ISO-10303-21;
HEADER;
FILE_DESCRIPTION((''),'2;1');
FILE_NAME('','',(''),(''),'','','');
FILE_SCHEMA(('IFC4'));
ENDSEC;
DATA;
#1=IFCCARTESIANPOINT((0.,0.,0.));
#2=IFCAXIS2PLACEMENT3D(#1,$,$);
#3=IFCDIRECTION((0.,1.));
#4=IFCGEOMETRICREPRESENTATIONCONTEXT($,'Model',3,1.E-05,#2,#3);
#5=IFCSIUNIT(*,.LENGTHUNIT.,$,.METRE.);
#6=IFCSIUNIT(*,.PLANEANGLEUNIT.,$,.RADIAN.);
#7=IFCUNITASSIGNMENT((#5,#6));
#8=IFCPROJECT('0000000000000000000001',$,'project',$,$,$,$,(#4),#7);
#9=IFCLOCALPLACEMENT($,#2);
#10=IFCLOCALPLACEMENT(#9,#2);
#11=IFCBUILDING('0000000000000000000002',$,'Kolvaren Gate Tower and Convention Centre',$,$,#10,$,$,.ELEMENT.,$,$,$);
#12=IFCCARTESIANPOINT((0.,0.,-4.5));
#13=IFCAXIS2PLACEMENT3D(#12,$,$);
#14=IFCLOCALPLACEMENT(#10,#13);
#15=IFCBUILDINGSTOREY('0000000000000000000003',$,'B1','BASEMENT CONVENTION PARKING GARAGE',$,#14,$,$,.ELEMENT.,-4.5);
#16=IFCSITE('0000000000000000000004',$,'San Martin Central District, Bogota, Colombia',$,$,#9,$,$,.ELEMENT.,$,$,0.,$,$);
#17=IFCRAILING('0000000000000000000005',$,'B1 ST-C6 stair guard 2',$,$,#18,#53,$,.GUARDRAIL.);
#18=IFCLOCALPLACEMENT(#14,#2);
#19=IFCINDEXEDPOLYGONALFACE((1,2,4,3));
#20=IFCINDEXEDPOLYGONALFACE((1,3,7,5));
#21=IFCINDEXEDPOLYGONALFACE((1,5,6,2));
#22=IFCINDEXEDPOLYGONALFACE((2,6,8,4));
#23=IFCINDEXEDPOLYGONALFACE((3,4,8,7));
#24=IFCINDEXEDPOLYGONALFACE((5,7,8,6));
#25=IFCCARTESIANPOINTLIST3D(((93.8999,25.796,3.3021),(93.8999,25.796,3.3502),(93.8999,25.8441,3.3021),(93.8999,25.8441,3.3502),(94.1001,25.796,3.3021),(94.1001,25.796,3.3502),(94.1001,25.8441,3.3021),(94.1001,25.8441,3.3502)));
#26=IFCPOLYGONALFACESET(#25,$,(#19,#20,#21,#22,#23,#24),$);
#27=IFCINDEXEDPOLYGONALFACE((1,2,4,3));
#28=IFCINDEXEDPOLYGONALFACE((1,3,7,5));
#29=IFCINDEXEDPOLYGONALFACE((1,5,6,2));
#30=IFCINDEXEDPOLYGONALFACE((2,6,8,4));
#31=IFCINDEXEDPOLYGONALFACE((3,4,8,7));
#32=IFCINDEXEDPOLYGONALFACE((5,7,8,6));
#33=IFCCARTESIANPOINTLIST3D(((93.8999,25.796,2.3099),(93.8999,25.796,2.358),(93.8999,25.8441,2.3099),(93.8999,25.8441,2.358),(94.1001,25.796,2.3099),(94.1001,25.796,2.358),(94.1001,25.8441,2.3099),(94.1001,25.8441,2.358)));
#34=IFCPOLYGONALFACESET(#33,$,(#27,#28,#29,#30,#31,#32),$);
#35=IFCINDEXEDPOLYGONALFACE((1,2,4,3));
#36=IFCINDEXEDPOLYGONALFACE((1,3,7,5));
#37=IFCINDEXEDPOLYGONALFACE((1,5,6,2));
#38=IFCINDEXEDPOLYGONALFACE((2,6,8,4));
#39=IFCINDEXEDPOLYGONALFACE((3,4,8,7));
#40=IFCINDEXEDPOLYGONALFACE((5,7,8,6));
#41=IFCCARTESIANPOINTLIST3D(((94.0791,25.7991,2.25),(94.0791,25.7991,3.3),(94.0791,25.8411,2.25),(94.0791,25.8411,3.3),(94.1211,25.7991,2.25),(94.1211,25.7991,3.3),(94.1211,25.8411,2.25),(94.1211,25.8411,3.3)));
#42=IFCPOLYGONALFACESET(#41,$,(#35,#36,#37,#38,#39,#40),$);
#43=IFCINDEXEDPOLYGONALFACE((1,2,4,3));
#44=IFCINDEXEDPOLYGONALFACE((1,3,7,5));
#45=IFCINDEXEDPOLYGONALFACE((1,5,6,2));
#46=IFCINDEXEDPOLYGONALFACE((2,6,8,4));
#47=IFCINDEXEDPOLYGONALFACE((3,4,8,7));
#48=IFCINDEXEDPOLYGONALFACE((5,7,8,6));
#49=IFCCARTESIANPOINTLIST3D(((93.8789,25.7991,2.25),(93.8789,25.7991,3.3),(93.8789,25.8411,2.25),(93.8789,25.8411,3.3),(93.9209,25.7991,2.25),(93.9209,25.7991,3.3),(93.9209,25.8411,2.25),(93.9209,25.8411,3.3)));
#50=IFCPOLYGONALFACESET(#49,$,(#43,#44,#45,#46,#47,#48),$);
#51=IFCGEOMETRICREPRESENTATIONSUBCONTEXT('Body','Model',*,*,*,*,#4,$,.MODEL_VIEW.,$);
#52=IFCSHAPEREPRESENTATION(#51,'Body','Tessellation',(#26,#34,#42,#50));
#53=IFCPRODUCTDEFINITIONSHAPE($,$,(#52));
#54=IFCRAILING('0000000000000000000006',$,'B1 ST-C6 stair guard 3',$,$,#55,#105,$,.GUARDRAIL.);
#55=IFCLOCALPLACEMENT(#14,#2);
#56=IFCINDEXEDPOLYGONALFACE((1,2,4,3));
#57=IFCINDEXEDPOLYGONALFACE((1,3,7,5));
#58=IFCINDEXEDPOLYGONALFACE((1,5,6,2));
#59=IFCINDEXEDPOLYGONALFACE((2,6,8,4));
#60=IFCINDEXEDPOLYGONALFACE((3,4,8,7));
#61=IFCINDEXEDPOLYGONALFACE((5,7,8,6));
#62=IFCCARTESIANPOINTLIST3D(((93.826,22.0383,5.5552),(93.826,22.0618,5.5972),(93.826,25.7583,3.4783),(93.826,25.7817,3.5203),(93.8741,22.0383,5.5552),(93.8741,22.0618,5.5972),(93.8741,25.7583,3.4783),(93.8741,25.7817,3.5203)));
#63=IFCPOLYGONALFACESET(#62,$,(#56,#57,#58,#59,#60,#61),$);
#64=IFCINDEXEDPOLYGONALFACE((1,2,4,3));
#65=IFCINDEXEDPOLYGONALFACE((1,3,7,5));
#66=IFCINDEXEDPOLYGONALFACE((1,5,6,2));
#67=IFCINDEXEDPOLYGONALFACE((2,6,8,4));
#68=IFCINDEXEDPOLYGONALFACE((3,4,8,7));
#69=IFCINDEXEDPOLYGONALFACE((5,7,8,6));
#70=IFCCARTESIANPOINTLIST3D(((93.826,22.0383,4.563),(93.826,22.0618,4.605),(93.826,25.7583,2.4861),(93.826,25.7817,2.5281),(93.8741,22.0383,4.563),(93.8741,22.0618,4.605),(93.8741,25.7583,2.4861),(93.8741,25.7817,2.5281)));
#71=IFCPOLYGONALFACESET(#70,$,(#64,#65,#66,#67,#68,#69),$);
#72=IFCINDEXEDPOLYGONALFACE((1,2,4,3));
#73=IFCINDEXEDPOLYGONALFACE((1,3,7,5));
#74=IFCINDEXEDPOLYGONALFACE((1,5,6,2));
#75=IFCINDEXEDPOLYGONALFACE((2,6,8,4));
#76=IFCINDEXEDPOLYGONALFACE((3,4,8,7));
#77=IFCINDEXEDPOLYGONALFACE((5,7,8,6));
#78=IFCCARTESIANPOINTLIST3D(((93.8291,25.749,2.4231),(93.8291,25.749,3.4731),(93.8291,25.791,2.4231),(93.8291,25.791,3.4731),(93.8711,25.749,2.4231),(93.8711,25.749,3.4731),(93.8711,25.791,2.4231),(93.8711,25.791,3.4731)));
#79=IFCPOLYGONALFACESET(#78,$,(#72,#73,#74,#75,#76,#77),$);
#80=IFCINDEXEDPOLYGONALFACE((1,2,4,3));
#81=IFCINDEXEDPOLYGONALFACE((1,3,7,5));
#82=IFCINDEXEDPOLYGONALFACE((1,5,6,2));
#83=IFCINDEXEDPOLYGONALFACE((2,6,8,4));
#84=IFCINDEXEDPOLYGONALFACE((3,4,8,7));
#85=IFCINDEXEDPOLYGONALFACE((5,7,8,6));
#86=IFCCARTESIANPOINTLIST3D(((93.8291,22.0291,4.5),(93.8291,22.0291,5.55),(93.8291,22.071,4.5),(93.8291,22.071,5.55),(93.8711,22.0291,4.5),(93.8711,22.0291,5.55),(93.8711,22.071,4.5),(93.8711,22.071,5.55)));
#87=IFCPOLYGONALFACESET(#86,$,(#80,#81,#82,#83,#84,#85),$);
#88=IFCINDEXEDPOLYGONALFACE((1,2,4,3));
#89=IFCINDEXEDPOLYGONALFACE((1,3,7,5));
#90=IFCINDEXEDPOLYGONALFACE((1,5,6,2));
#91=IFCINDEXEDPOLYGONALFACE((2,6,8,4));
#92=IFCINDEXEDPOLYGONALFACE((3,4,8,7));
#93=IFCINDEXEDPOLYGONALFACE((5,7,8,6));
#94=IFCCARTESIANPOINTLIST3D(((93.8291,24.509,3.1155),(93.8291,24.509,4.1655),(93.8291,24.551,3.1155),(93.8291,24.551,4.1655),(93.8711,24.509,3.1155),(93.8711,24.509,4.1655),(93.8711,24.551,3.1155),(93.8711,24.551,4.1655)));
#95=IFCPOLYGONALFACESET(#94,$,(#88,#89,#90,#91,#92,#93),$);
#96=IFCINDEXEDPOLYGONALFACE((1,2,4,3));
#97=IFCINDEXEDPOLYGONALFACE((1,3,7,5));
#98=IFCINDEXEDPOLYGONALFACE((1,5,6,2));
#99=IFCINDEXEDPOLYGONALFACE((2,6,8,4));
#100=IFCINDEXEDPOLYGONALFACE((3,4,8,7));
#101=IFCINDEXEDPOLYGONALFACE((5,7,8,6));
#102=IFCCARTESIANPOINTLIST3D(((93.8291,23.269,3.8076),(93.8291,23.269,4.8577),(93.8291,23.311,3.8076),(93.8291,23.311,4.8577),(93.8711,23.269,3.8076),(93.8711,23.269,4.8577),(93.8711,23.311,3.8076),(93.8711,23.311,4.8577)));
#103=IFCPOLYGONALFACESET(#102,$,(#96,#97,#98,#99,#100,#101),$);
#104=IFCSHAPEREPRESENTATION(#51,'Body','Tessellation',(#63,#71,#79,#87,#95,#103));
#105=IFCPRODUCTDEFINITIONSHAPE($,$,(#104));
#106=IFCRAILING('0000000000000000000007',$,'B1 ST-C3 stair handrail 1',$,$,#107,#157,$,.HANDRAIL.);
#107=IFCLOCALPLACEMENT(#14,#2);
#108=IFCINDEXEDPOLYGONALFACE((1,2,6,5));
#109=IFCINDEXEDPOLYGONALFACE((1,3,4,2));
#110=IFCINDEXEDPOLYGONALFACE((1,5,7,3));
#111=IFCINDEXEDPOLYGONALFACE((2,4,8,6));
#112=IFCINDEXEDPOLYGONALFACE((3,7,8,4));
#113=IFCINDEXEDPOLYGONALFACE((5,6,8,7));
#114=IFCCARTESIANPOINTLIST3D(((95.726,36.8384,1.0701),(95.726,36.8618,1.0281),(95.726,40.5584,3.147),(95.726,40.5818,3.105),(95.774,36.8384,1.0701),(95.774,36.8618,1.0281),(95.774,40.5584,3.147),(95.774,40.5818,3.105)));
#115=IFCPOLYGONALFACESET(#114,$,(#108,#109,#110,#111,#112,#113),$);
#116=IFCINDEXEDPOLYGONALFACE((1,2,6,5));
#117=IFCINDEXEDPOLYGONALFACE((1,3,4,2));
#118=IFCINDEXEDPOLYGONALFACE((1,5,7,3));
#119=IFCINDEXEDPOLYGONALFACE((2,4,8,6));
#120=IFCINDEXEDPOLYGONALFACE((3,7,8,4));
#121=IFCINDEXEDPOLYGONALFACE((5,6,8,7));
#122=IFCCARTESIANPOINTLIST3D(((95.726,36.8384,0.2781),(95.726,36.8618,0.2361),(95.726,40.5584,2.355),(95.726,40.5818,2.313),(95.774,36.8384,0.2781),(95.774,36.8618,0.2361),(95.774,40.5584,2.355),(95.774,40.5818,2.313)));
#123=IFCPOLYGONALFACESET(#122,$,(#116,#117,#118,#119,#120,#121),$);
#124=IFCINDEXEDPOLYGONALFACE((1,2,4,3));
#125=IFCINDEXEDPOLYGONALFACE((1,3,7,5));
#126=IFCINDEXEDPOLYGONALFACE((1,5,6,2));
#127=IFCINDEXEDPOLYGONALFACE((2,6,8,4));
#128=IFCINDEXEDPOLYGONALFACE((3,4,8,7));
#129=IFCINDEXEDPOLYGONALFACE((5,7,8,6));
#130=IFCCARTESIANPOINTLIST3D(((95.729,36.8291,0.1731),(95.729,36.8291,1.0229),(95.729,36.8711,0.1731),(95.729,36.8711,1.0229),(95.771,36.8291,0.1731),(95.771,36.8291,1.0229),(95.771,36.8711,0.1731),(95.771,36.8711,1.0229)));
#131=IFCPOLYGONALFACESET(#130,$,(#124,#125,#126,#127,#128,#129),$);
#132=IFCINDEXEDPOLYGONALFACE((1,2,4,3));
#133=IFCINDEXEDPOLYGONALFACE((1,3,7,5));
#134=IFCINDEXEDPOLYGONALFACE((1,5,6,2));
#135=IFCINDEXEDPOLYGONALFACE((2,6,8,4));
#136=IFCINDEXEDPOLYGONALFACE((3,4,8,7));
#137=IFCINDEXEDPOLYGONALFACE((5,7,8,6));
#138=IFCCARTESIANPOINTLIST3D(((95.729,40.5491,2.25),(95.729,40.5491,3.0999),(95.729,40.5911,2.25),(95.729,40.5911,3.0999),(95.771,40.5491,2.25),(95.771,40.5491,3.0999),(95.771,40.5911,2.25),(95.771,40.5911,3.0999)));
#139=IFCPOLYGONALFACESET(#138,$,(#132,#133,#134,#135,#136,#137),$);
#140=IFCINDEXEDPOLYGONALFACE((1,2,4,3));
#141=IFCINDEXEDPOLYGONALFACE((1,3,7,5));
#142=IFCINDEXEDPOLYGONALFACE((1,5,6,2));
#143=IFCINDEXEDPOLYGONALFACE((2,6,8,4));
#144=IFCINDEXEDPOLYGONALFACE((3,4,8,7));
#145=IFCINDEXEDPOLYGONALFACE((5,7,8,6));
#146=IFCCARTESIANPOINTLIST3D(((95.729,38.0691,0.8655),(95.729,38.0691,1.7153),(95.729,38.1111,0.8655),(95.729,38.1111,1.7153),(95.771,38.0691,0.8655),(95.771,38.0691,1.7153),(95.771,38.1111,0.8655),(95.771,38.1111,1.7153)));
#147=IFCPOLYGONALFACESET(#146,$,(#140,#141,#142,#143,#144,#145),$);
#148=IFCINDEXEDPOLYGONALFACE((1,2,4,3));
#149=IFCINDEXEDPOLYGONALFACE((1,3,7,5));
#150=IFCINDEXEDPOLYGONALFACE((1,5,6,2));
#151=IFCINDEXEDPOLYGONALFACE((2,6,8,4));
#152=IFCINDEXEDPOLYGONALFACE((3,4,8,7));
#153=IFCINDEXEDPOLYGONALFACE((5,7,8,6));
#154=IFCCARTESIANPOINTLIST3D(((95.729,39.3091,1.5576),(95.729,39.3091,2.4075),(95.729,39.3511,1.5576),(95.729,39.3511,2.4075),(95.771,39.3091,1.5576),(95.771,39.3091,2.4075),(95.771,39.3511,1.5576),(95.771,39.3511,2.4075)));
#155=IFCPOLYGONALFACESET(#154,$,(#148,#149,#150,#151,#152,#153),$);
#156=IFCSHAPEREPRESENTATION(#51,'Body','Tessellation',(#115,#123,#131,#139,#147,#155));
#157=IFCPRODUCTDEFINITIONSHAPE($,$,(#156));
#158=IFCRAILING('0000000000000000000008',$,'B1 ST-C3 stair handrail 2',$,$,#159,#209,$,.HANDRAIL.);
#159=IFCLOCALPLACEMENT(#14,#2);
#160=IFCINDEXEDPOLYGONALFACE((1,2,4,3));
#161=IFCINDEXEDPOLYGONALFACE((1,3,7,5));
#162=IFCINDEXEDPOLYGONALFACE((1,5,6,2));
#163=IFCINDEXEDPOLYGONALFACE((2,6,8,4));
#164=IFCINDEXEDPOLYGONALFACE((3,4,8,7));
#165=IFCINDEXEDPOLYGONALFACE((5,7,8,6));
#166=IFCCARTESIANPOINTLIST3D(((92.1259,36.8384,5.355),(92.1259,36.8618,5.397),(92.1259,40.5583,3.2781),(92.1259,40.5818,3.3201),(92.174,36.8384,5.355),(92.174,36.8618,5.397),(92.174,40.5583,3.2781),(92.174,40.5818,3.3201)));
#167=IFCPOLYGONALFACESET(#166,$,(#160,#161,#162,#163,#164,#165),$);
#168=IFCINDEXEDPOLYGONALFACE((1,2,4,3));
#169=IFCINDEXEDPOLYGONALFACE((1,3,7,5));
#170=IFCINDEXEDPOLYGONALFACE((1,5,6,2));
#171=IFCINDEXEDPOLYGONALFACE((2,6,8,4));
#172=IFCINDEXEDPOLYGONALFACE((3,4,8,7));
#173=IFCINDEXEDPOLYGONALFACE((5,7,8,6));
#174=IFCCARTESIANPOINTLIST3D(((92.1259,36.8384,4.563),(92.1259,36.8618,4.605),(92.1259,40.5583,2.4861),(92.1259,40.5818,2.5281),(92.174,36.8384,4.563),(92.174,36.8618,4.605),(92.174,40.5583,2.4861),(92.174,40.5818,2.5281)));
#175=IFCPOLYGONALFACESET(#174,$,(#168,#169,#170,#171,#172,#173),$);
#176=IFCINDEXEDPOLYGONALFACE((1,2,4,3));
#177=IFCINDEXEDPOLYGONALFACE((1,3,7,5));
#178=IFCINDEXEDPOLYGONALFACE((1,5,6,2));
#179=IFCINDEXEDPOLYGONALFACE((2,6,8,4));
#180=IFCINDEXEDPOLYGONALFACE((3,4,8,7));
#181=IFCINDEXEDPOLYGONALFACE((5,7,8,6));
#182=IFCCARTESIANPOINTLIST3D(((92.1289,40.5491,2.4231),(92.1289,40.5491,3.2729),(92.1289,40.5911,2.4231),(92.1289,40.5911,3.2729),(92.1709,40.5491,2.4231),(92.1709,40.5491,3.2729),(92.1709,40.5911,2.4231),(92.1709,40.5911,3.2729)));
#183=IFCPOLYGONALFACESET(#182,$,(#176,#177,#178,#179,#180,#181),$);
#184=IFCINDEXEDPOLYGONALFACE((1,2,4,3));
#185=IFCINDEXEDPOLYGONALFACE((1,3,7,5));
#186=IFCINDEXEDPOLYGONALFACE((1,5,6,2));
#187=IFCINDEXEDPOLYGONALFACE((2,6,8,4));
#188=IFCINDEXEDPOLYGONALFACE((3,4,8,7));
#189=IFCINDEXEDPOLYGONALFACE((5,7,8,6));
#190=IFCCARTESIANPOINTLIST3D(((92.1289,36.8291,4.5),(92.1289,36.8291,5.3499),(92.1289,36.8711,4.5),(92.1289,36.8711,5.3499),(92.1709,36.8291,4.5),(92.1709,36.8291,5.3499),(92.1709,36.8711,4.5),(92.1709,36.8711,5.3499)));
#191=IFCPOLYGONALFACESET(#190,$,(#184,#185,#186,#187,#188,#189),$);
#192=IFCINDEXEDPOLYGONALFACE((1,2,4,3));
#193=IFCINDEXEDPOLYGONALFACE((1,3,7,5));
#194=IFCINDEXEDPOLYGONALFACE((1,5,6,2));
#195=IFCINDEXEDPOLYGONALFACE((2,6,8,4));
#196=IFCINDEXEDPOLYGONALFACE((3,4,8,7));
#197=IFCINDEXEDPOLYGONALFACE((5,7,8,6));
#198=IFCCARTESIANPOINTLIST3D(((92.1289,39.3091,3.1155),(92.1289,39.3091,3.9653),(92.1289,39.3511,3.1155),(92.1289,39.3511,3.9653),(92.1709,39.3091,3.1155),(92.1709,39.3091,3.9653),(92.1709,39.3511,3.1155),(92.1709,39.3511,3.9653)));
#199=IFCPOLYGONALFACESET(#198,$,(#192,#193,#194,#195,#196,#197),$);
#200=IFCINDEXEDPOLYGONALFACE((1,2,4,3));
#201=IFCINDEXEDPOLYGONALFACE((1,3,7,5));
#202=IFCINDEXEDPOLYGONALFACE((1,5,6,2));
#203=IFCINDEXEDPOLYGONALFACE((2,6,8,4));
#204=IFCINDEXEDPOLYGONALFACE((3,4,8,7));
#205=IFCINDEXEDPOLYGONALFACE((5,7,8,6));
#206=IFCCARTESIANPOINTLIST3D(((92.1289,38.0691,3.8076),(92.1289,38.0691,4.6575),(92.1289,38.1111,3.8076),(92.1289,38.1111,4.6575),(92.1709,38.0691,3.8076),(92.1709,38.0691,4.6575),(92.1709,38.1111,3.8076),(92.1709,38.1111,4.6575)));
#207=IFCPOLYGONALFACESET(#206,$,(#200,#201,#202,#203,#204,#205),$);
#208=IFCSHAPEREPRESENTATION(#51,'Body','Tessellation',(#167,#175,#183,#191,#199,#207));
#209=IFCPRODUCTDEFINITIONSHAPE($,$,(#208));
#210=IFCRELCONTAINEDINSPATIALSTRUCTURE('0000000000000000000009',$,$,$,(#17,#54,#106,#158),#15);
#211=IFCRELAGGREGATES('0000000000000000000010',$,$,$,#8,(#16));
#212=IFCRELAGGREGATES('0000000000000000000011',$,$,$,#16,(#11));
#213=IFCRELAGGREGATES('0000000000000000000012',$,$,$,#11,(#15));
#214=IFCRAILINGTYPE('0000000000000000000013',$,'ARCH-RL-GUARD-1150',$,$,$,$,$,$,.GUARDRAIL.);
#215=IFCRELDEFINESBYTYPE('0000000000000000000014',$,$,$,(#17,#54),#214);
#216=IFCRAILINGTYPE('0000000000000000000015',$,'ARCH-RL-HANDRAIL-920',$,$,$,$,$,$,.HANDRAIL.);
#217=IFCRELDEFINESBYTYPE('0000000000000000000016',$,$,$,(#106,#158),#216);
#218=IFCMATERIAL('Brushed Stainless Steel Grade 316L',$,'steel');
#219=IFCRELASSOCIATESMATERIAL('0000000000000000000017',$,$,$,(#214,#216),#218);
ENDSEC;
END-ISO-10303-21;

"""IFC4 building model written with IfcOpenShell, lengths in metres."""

from ifc_helpers import new_model, si_unit, direction, frame, origin, origin_2d, place, context, subcontext, project, spatial, rectangle, extrude, material, type_object, element, save


model = new_model("IFC4")

# Units and contexts
model_context = context("Model", 3, precision=1e-05, world=origin(), true_north=direction((0.0, 1.0)))
body_context = subcontext(model_context, "Body", "Model", "MODEL_VIEW")
ifc_project = project(units=[si_unit("LENGTHUNIT", "METRE"), si_unit("PLANEANGLEUNIT", "RADIAN")], contexts=[model_context])

# Site, building, storey
site_placement = place(None, origin())
site = spatial("IfcSite", under=ifc_project, at=site_placement, Name="San Martin Central District, Bogota, Colombia", CompositionType="ELEMENT", RefElevation=0.0)
building_placement = place(site_placement, origin())
building = spatial("IfcBuilding", under=site, at=building_placement, Name="Kolvaren Gate Tower and Convention Centre", CompositionType="ELEMENT")
storey_placement = place(building_placement, frame((0.0, 0.0, -4.5)))
storey = spatial("IfcBuildingStorey", under=building, at=storey_placement, Name="B1", Description="BASEMENT CONVENTION PARKING GARAGE", CompositionType="ELEMENT", Elevation=-4.5)

# Railings
ifc_material_1 = material(Name="Brushed Stainless Steel Grade 316L", Category="steel")
railing_type_1 = type_object("IfcRailingType", Name="ARCH-RL-GUARD-1150", PredefinedType="GUARDRAIL", material=ifc_material_1)
railing_1_placement = place(storey_placement, frame((94.1001, 25.8201, 2.25)))
element("IfcRailing", 1, at=railing_1_placement, inside=storey, type_object=railing_type_1, Name="B1 ST-C6 stair guard 2", PredefinedType="GUARDRAIL", context=body_context, shape_type="SweptSolid", body=[
    extrude(rectangle(XDim=0.0481, YDim=0.0481, at=origin_2d()), frame((0.0, 0.0, 1.0762), z_axis=(-1.0, 0.0, 0.0), x_axis=(0.0, -1.0, 0.0)), (0.0, 0.0, 1.0), 0.2002),
    extrude(rectangle(XDim=0.0481, YDim=0.0481, at=origin_2d()), frame((0.0, 0.0, 0.084), z_axis=(-1.0, 0.0, 0.0), x_axis=(0.0, -1.0, 0.0)), (0.0, 0.0, 1.0), 0.2002),
    extrude(rectangle(XDim=0.042, YDim=0.042, at=origin_2d()), origin(), (0.0, 0.0, 1.0), 1.05),
    extrude(rectangle(XDim=0.042, YDim=0.042, at=origin_2d()), frame((-0.2002, 0.0, 0.0)), (0.0, 0.0, 1.0), 1.05),
])
railing_2_placement = place(storey_placement, frame((93.8501, 25.77, 2.4231)))
element("IfcRailing", 2, at=railing_2_placement, inside=storey, type_object=railing_type_1, Name="B1 ST-C6 stair guard 3", PredefinedType="GUARDRAIL", context=body_context, shape_type="SweptSolid", body=[
    extrude(rectangle(XDim=0.0481, YDim=0.0481, at=origin_2d()), frame((0.0, 0.0, 1.0762), z_axis=(0.0, -0.873134, 0.487481), x_axis=(1.0, 0.0, 0.0)), (0.0, 0.0, 1.0), 4.2605),
    extrude(rectangle(XDim=0.0481, YDim=0.0481, at=origin_2d()), frame((0.0, 0.0, 0.084), z_axis=(0.0, -0.873134, 0.487481), x_axis=(1.0, 0.0, 0.0)), (0.0, 0.0, 1.0), 4.2605),
    extrude(rectangle(XDim=0.042, YDim=0.042, at=origin_2d()), origin(), (0.0, 0.0, 1.0), 1.05),
    extrude(rectangle(XDim=0.042, YDim=0.042, at=origin_2d()), frame((0.0, -3.72, 2.0769)), (0.0, 0.0, 1.0), 1.05),
    extrude(rectangle(XDim=0.042, YDim=0.042, at=origin_2d()), frame((0.0, -1.24, 0.6924)), (0.0, 0.0, 1.0), 1.05),
    extrude(rectangle(XDim=0.042, YDim=0.042, at=origin_2d()), frame((0.0, -2.48, 1.3845)), (0.0, 0.0, 1.0), 1.05),
])
railing_type_2 = type_object("IfcRailingType", Name="ARCH-RL-HANDRAIL-920", PredefinedType="HANDRAIL", material=ifc_material_1)
railing_3_placement = place(storey_placement, frame((95.75, 36.8501, 0.1731)))
element("IfcRailing", 3, at=railing_3_placement, inside=storey, type_object=railing_type_2, Name="B1 ST-C3 stair handrail 1", PredefinedType="HANDRAIL", context=body_context, shape_type="SweptSolid", body=[
    extrude(rectangle(XDim=0.0481, YDim=0.0481, at=origin_2d()), frame((0.0, 0.0, 0.876), z_axis=(0.0, 0.873134, 0.487481), x_axis=(-1.0, 0.0, 0.0)), (0.0, 0.0, 1.0), 4.2605),
    extrude(rectangle(XDim=0.0481, YDim=0.0481, at=origin_2d()), frame((0.0, 0.0, 0.084), z_axis=(0.0, 0.873134, 0.487481), x_axis=(-1.0, 0.0, 0.0)), (0.0, 0.0, 1.0), 4.2605),
    extrude(rectangle(XDim=0.042, YDim=0.042, at=origin_2d()), origin(), (0.0, 0.0, 1.0), 0.8499),
    extrude(rectangle(XDim=0.042, YDim=0.042, at=origin_2d()), frame((0.0, 3.72, 2.0769)), (0.0, 0.0, 1.0), 0.8499),
    extrude(rectangle(XDim=0.042, YDim=0.042, at=origin_2d()), frame((0.0, 1.24, 0.6924)), (0.0, 0.0, 1.0), 0.8499),
    extrude(rectangle(XDim=0.042, YDim=0.042, at=origin_2d()), frame((0.0, 2.48, 1.3845)), (0.0, 0.0, 1.0), 0.8499),
])
for number, where, name in (
    (4, (92.1499, 40.5701, 2.4231), "B1 ST-C3 stair handrail 2"),
):
    element("IfcRailing", number, at=place(storey_placement, frame(where)), inside=storey, type_object=railing_type_2, Name=name, PredefinedType="HANDRAIL", context=body_context, shape_type="SweptSolid", body=[
        extrude(rectangle(XDim=0.0481, YDim=0.0481, at=origin_2d()), frame((0.0, 0.0, 0.876), z_axis=(0.0, -0.873134, 0.487481), x_axis=(1.0, 0.0, 0.0)), (0.0, 0.0, 1.0), 4.2605),
        extrude(rectangle(XDim=0.0481, YDim=0.0481, at=origin_2d()), frame((0.0, 0.0, 0.084), z_axis=(0.0, -0.873134, 0.487481), x_axis=(1.0, 0.0, 0.0)), (0.0, 0.0, 1.0), 4.2605),
        extrude(rectangle(XDim=0.042, YDim=0.042, at=origin_2d()), origin(), (0.0, 0.0, 1.0), 0.8499),
        extrude(rectangle(XDim=0.042, YDim=0.042, at=origin_2d()), frame((0.0, -3.72, 2.0769)), (0.0, 0.0, 1.0), 0.8499),
        extrude(rectangle(XDim=0.042, YDim=0.042, at=origin_2d()), frame((0.0, -1.24, 0.6924)), (0.0, 0.0, 1.0), 0.8499),
        extrude(rectangle(XDim=0.042, YDim=0.042, at=origin_2d()), frame((0.0, -2.48, 1.3845)), (0.0, 0.0, 1.0), 0.8499),
    ])

save(model, "model.ifc")
